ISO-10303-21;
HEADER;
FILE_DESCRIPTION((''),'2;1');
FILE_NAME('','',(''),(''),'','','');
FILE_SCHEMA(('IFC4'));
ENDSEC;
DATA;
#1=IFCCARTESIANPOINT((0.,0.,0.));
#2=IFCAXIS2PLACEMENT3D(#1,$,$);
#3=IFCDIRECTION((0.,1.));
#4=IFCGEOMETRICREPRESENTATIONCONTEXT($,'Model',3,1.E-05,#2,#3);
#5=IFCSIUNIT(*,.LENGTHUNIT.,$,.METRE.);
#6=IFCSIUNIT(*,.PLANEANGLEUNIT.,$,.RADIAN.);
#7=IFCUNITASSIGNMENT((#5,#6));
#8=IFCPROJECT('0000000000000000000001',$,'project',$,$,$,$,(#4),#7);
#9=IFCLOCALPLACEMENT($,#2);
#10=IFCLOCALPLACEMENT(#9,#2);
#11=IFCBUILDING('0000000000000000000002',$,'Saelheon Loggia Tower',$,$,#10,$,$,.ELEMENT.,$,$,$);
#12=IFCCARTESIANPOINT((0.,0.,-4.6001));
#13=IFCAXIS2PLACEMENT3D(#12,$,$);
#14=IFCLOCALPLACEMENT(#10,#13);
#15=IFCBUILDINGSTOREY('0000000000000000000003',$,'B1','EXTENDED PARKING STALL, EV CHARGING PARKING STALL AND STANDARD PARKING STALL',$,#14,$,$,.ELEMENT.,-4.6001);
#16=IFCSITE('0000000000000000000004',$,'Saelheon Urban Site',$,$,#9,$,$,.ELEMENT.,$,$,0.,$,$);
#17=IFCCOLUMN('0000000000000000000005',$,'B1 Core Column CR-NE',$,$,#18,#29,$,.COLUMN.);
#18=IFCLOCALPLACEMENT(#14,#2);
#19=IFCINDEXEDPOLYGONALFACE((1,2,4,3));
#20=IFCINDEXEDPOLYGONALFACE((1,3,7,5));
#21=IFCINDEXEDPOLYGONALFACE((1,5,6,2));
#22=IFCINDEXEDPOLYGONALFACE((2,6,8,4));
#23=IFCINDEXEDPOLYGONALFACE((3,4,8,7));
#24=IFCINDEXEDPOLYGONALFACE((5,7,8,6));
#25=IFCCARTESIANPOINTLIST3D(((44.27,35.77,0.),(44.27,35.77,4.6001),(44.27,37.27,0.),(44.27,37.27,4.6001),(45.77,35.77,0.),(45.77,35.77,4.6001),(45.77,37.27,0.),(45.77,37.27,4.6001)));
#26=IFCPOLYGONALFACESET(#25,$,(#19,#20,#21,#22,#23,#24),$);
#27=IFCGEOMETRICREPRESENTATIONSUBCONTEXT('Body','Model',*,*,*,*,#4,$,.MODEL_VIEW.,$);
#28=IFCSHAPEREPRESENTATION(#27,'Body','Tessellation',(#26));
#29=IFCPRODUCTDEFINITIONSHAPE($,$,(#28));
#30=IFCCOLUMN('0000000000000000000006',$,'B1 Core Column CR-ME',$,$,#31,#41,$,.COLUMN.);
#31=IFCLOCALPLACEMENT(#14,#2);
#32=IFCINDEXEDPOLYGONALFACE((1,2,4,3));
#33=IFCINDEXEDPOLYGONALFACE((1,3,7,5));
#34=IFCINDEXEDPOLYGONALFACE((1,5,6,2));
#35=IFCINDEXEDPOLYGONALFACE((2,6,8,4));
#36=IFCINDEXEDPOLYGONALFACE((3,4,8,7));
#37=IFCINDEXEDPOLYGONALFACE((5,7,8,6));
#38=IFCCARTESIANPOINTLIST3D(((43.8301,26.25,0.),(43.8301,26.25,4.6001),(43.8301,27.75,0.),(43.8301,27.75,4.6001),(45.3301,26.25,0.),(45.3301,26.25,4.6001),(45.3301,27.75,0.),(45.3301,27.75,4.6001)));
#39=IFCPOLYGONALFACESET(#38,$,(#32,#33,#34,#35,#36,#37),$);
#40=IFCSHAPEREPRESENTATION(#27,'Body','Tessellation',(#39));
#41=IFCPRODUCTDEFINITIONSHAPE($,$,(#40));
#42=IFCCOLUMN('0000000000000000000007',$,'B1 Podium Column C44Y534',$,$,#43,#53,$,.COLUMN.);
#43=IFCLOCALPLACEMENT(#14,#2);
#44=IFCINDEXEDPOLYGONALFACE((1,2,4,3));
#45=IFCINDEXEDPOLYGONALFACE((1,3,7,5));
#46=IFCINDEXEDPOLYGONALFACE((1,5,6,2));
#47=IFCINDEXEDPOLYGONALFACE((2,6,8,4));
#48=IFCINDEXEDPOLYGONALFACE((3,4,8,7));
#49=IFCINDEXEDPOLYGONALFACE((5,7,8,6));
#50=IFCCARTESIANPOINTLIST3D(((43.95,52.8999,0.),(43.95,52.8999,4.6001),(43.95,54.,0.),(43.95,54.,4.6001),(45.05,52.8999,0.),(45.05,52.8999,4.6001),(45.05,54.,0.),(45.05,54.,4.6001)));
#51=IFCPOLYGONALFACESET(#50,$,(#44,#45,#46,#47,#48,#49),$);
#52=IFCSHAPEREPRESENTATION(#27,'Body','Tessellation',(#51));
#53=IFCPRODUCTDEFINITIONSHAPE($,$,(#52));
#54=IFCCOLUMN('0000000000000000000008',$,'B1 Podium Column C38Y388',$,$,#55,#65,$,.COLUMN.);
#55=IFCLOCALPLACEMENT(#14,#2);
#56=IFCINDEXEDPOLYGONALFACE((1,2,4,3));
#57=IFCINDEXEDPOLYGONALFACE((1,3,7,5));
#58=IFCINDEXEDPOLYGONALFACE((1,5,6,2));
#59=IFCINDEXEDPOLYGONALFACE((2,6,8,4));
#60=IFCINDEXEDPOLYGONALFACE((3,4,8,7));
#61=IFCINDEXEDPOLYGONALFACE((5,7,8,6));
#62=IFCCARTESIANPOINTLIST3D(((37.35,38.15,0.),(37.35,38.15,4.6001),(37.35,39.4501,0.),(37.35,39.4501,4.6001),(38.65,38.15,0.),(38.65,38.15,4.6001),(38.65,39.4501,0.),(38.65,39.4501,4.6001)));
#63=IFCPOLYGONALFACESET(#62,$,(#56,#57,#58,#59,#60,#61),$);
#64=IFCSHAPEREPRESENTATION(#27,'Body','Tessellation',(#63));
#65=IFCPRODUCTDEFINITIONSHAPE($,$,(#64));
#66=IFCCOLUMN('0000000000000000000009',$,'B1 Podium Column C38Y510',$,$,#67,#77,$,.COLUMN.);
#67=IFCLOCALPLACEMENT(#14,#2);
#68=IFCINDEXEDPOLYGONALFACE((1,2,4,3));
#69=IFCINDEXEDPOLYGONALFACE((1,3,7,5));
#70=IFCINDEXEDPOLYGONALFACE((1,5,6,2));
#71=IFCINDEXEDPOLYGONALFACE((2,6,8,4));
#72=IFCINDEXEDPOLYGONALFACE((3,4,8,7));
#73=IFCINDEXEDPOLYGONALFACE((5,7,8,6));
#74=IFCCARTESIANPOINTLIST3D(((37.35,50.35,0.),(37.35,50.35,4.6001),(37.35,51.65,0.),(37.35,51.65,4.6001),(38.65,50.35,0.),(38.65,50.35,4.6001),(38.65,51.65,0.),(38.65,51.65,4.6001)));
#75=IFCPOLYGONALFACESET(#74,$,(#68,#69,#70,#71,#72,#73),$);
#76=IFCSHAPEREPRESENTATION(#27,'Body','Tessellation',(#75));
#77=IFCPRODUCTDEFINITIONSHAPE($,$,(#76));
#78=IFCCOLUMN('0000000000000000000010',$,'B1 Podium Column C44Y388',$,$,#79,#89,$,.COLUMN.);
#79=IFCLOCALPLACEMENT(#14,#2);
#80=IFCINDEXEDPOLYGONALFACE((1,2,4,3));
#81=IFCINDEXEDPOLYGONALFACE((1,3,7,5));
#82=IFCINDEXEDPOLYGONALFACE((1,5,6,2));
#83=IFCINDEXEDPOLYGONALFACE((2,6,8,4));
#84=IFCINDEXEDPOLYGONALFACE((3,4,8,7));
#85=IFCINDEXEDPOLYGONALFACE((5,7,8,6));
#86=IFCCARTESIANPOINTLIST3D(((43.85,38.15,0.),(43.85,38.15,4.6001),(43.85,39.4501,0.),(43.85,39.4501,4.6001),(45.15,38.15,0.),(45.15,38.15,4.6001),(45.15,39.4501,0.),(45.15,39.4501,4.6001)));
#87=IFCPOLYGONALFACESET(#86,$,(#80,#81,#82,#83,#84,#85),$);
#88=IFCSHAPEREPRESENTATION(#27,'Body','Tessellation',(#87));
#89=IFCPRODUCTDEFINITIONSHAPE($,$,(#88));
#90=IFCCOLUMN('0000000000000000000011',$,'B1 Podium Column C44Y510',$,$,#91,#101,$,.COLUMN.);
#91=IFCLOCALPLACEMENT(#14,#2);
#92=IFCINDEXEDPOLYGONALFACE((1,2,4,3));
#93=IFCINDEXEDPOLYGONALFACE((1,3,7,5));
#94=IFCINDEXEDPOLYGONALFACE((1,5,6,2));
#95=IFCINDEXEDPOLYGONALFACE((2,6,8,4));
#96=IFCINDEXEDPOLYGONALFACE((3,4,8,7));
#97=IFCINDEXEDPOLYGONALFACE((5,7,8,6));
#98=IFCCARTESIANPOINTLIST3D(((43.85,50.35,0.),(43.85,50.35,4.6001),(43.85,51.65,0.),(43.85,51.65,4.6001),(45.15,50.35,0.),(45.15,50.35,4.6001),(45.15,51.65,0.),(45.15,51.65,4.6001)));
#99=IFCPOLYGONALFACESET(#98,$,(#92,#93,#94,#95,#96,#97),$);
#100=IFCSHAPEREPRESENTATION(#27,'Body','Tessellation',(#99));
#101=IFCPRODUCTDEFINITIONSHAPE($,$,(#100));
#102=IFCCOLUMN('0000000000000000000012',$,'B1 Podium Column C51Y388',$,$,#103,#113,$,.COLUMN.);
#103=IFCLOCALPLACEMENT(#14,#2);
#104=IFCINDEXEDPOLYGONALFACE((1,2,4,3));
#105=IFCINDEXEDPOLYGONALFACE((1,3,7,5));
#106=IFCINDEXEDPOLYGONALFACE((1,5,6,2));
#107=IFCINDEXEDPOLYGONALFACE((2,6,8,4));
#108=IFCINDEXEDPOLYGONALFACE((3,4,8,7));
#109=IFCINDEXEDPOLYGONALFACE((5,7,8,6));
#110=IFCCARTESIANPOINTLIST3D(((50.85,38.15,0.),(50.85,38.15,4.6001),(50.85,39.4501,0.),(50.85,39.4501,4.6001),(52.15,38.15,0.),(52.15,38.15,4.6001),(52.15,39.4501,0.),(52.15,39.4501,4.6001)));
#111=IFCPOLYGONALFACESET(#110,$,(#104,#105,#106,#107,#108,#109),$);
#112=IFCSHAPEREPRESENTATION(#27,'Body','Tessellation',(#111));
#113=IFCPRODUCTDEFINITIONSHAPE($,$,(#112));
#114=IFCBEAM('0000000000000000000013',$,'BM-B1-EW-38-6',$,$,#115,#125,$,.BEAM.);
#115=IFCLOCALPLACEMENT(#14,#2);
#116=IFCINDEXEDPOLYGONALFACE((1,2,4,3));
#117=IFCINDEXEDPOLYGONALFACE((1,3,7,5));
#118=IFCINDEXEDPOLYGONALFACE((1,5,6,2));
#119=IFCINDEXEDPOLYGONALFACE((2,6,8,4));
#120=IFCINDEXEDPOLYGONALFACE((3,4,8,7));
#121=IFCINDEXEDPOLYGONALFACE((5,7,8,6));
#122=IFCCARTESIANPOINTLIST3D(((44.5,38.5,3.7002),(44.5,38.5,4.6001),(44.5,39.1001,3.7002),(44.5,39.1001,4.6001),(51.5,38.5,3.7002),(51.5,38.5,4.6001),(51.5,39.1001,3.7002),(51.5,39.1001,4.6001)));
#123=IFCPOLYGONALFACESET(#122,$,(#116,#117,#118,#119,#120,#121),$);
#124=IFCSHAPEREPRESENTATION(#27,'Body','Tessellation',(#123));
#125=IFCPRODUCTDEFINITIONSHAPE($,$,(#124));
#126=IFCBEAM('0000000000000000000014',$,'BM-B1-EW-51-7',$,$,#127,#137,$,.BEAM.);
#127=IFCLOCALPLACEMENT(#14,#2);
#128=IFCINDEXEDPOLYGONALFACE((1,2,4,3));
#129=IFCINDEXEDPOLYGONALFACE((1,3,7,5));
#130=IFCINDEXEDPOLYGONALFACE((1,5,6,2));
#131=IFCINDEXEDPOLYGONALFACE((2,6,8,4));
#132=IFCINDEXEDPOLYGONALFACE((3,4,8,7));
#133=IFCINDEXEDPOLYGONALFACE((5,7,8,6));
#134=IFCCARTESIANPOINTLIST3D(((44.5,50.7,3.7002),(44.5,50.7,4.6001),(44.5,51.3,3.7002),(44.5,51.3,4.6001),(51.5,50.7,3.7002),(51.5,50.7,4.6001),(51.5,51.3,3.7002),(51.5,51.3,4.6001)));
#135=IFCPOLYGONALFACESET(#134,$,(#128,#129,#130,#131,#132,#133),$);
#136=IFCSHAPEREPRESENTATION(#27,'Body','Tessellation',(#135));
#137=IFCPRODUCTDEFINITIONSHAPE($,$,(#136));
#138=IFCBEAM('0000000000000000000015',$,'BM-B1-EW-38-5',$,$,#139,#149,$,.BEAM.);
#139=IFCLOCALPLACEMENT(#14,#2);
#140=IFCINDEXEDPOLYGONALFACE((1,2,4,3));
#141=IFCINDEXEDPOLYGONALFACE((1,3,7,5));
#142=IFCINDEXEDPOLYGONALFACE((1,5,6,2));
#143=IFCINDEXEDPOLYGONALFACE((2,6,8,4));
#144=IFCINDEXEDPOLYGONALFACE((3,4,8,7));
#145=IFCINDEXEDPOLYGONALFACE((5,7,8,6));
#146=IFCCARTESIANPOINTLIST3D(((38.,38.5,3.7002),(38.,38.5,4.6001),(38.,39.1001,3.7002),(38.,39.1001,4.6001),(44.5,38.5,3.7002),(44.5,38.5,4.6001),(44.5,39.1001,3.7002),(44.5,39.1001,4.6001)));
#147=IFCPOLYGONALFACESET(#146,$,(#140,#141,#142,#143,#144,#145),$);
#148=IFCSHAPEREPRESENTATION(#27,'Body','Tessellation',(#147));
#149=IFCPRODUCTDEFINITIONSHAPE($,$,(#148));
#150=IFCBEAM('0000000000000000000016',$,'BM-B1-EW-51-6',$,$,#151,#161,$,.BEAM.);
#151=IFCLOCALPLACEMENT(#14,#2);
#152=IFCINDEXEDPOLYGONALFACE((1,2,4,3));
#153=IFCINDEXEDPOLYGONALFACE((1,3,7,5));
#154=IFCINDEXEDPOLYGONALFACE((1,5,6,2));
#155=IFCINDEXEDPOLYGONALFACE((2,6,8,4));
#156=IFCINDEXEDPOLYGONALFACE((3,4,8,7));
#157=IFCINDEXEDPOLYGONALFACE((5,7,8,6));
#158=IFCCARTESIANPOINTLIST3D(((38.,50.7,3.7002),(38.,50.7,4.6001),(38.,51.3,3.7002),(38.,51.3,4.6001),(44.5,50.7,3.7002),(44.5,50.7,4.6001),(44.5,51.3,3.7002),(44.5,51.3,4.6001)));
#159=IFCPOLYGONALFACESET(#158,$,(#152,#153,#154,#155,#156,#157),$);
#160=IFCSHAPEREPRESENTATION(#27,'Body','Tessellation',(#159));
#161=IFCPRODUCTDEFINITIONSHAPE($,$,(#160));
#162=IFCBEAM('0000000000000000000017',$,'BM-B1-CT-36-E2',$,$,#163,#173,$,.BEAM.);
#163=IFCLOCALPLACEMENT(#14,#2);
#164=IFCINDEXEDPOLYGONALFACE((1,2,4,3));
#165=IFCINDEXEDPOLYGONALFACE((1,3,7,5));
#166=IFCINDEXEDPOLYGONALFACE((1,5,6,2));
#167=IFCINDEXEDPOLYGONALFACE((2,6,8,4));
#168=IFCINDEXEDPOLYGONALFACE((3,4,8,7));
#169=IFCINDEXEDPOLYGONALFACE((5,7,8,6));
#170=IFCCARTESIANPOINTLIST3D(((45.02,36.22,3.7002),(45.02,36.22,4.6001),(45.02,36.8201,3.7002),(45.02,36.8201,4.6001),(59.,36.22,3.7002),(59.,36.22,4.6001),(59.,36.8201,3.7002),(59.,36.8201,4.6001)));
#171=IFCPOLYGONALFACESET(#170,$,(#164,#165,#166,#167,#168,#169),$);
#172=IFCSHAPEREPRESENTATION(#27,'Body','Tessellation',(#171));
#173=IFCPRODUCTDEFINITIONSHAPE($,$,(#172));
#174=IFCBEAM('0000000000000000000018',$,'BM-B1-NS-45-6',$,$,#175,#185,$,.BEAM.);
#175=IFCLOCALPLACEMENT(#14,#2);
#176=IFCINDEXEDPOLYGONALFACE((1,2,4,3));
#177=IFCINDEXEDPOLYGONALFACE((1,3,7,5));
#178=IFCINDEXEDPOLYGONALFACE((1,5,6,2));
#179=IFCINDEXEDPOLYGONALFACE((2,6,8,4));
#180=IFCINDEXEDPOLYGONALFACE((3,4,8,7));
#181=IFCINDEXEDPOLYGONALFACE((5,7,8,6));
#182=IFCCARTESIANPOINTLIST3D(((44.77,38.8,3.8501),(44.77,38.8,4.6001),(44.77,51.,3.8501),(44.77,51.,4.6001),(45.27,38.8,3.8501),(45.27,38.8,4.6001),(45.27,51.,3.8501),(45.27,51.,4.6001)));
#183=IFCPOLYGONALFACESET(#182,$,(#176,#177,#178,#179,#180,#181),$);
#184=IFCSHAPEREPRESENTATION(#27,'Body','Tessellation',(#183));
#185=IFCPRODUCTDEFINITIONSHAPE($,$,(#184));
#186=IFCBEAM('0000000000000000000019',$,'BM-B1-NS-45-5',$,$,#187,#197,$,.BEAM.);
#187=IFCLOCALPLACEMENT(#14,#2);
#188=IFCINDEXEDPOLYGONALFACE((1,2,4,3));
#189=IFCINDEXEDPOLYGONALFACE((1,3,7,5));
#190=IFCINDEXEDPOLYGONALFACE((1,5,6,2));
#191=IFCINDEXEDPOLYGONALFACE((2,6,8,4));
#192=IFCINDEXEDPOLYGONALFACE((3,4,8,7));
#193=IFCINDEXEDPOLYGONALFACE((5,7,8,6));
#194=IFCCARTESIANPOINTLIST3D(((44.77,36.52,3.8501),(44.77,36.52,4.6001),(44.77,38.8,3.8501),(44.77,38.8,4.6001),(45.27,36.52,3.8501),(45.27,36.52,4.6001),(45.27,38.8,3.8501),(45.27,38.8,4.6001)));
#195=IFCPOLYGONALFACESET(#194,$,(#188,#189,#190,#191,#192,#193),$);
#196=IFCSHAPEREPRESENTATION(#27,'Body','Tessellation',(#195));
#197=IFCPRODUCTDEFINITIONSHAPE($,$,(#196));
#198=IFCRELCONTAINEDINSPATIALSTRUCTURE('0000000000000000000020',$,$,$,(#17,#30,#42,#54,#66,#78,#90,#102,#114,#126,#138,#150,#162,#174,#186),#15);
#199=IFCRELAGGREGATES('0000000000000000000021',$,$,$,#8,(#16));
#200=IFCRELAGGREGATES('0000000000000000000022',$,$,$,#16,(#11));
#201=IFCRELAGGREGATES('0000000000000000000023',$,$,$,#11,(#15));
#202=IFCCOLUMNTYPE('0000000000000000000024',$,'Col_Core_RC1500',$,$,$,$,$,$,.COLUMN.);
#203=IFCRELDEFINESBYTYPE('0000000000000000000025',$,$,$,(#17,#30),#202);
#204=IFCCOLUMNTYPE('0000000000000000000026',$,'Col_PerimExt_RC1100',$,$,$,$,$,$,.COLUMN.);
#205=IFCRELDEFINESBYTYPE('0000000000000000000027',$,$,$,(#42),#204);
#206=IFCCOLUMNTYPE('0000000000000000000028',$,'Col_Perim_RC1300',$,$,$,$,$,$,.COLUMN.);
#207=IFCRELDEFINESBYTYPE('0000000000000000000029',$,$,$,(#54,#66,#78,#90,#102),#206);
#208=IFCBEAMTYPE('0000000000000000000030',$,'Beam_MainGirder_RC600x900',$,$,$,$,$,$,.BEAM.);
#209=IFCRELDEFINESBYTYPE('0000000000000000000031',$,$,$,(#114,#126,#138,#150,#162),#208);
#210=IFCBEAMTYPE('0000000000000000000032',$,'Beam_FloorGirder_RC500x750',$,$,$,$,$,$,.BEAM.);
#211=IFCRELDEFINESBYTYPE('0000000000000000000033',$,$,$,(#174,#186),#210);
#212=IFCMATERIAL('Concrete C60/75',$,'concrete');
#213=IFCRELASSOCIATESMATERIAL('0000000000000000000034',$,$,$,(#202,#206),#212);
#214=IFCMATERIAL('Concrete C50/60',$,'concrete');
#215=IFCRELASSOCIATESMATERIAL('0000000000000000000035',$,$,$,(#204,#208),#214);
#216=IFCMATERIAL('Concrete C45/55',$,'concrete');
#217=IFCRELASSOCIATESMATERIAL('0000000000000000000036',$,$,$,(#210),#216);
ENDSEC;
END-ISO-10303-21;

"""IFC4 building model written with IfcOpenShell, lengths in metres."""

from ifc_helpers import new_model, si_unit, direction, frame, origin, origin_2d, place, context, subcontext, project, spatial, rectangle, extrude, source, transform, mapped, material, material_profile, profile_set, type_object, element, save


model = new_model("IFC4")

# Units and contexts
model_context = context("Model", 3, precision=1e-05, world=origin(), true_north=direction((0.0, 1.0)))
body_context = subcontext(model_context, "Body", "Model", "MODEL_VIEW")
ifc_project = project(units=[si_unit("LENGTHUNIT", "METRE"), si_unit("PLANEANGLEUNIT", "RADIAN")], contexts=[model_context])

# Site, building, storey
site_placement = place(None, origin())
site = spatial("IfcSite", under=ifc_project, at=site_placement, Name="Saelheon Urban Site", CompositionType="ELEMENT", RefElevation=0.0)
building_placement = place(site_placement, origin())
building = spatial("IfcBuilding", under=site, at=building_placement, Name="Saelheon Loggia Tower", CompositionType="ELEMENT")
storey_placement = place(building_placement, frame((0.0, 0.0, -4.6001)))
storey = spatial("IfcBuildingStorey", under=building, at=storey_placement, Name="B1", Description="EXTENDED PARKING STALL, EV CHARGING PARKING STALL AND STANDARD PARKING STALL", CompositionType="ELEMENT", Elevation=-4.6001)

# Columns
ifc_material_1 = material(Name="Concrete C60/75", Category="concrete")
ifc_material_profile_1 = material_profile(ifc_material_1, rectangle(XDim=1.5, YDim=1.5, at=origin_2d()), Name="RC-1500x1500")
ifc_profile_set_1 = profile_set([ifc_material_profile_1], Name="Concrete C60/75")
column_type_1 = type_object("IfcColumnType", Name="Col_Core_RC1500", PredefinedType="COLUMN", material=ifc_profile_set_1)
shared_shape_1 = source(origin(), body_context, "Body", "SweptSolid", [
    extrude(rectangle(XDim=1.5, YDim=1.5, at=origin_2d()), origin(), (0.0, 0.0, 1.0), 4.6001),
])
for number, where, z_axis, x_axis, name in (
    (1, (45.02, 36.52, 0.0), (0.0, 0.0, 1.0), (1.0, 0.0, 0.0), "B1 Core Column CR-NE"),
    (2, (44.5801, 27.0, 0.0), (0.0, 0.0, 1.0), (1.0, 0.0, 0.0), "B1 Core Column CR-ME"),
):
    element("IfcColumn", number, at=place(storey_placement, frame(where, z_axis=z_axis, x_axis=x_axis)), inside=storey, type_object=column_type_1, Name=name, PredefinedType="COLUMN", context=body_context, shape_type="MappedRepresentation", body=[
        mapped(shared_shape_1, transform((0.0, 0.0, 0.0), scale=1.0)),
    ])
ifc_material_2 = material(Name="Concrete C50/60", Category="concrete")
ifc_material_profile_2 = material_profile(ifc_material_2, rectangle(XDim=1.1001, YDim=1.1001, at=origin_2d()), Name="RC-1100x1100")
ifc_profile_set_2 = profile_set([ifc_material_profile_2], Name="Concrete C50/60")
column_type_2 = type_object("IfcColumnType", Name="Col_PerimExt_RC1100", PredefinedType="COLUMN", material=ifc_profile_set_2)
shared_shape_2 = source(origin(), body_context, "Body", "SweptSolid", [
    extrude(rectangle(XDim=1.1001, YDim=1.1001, at=origin_2d()), origin(), (0.0, 0.0, 1.0), 4.6001),
])
column_placement = place(storey_placement, frame((44.5, 53.45, 0.0), z_axis=(0.0, 0.0, 1.0), x_axis=(1.0, 0.0, 0.0)))
element("IfcColumn", 3, at=column_placement, inside=storey, type_object=column_type_2, Name="B1 Podium Column C44Y534", PredefinedType="COLUMN", context=body_context, shape_type="MappedRepresentation", body=[
    mapped(shared_shape_2, transform((0.0, 0.0, 0.0), scale=1.0)),
])
ifc_material_profile_3 = material_profile(ifc_material_1, rectangle(XDim=1.3, YDim=1.3, at=origin_2d()), Name="RC-1300x1300")
ifc_profile_set_3 = profile_set([ifc_material_profile_3], Name="Concrete C60/75")
column_type_3 = type_object("IfcColumnType", Name="Col_Perim_RC1300", PredefinedType="COLUMN", material=ifc_profile_set_3)
shared_shape_3 = source(origin(), body_context, "Body", "SweptSolid", [
    extrude(rectangle(XDim=1.3, YDim=1.3, at=origin_2d()), origin(), (0.0, 0.0, 1.0), 4.6001),
])
for number, where, z_axis, x_axis, name in (
    (4, (38.0, 38.8, 0.0), (0.0, 0.0, 1.0), (1.0, 0.0, 0.0), "B1 Podium Column C38Y388"),
    (5, (38.0, 51.0, 0.0), (0.0, 0.0, 1.0), (1.0, 0.0, 0.0), "B1 Podium Column C38Y510"),
    (6, (44.5, 38.8, 0.0), (0.0, 0.0, 1.0), (1.0, 0.0, 0.0), "B1 Podium Column C44Y388"),
    (7, (44.5, 51.0, 0.0), (0.0, 0.0, 1.0), (1.0, 0.0, 0.0), "B1 Podium Column C44Y510"),
    (8, (51.5, 38.8, 0.0), (0.0, 0.0, 1.0), (1.0, 0.0, 0.0), "B1 Podium Column C51Y388"),
):
    element("IfcColumn", number, at=place(storey_placement, frame(where, z_axis=z_axis, x_axis=x_axis)), inside=storey, type_object=column_type_3, Name=name, PredefinedType="COLUMN", context=body_context, shape_type="MappedRepresentation", body=[
        mapped(shared_shape_3, transform((0.0, 0.0, 0.0), scale=1.0)),
    ])

# Beams
ifc_material_profile_4 = material_profile(ifc_material_2, rectangle(XDim=0.6001, YDim=0.8999, at=origin_2d()), Name="RC-600x900")
ifc_profile_set_4 = profile_set([ifc_material_profile_4], Name="Concrete C50/60")
beam_type_1 = type_object("IfcBeamType", Name="Beam_MainGirder_RC600x900", PredefinedType="BEAM", material=ifc_profile_set_4)
shared_shape_4 = source(origin(), body_context, "Body", "SweptSolid", [
    extrude(rectangle(XDim=0.6001, YDim=0.8999, at=origin_2d()), origin(), (0.0, 0.0, 1.0), 7.0),
])
for number, where, z_axis, x_axis, name in (
    (9, (44.5, 38.8, 4.1501), (1.0, 0.0, 0.0), (0.0, 1.0, 0.0), "BM-B1-EW-38-6"),
    (10, (44.5, 51.0, 4.1501), (1.0, 0.0, 0.0), (0.0, 1.0, 0.0), "BM-B1-EW-51-7"),
):
    element("IfcBeam", number, at=place(storey_placement, frame(where, z_axis=z_axis, x_axis=x_axis)), inside=storey, type_object=beam_type_1, Name=name, PredefinedType="BEAM", context=body_context, shape_type="MappedRepresentation", body=[
        mapped(shared_shape_4, transform((0.0, 0.0, 0.0), scale=1.0)),
    ])
shared_shape_5 = source(origin(), body_context, "Body", "SweptSolid", [
    extrude(rectangle(XDim=0.6001, YDim=0.8999, at=origin_2d()), origin(), (0.0, 0.0, 1.0), 6.5),
])
for number, where, z_axis, x_axis, name in (
    (11, (38.0, 38.8, 4.1501), (1.0, 0.0, 0.0), (0.0, 1.0, 0.0), "BM-B1-EW-38-5"),
    (12, (38.0, 51.0, 4.1501), (1.0, 0.0, 0.0), (0.0, 1.0, 0.0), "BM-B1-EW-51-6"),
):
    element("IfcBeam", number, at=place(storey_placement, frame(where, z_axis=z_axis, x_axis=x_axis)), inside=storey, type_object=beam_type_1, Name=name, PredefinedType="BEAM", context=body_context, shape_type="MappedRepresentation", body=[
        mapped(shared_shape_5, transform((0.0, 0.0, 0.0), scale=1.0)),
    ])
shared_shape_6 = source(origin(), body_context, "Body", "SweptSolid", [
    extrude(rectangle(XDim=0.6001, YDim=0.8999, at=origin_2d()), origin(), (0.0, 0.0, 1.0), 13.98),
])
beam_1_placement = place(storey_placement, frame((45.02, 36.52, 4.1501), z_axis=(1.0, 0.0, 0.0), x_axis=(0.0, 1.0, 0.0)))
element("IfcBeam", 13, at=beam_1_placement, inside=storey, type_object=beam_type_1, Name="BM-B1-CT-36-E2", PredefinedType="BEAM", context=body_context, shape_type="MappedRepresentation", body=[
    mapped(shared_shape_6, transform((0.0, 0.0, 0.0), scale=1.0)),
])
ifc_material_3 = material(Name="Concrete C45/55", Category="concrete")
ifc_material_profile_5 = material_profile(ifc_material_3, rectangle(XDim=0.5, YDim=0.75, at=origin_2d()), Name="RC-500x750")
ifc_profile_set_5 = profile_set([ifc_material_profile_5], Name="Concrete C45/55")
beam_type_2 = type_object("IfcBeamType", Name="Beam_FloorGirder_RC500x750", PredefinedType="BEAM", material=ifc_profile_set_5)
shared_shape_7 = source(origin(), body_context, "Body", "SweptSolid", [
    extrude(rectangle(XDim=0.5, YDim=0.75, at=origin_2d()), origin(), (0.0, 0.0, 1.0), 12.2),
])
beam_2_placement = place(storey_placement, frame((45.02, 38.8, 4.2251), z_axis=(0.0, 1.0, 0.0), x_axis=(-1.0, 0.0, 0.0)))
element("IfcBeam", 14, at=beam_2_placement, inside=storey, type_object=beam_type_2, Name="BM-B1-NS-45-6", PredefinedType="BEAM", context=body_context, shape_type="MappedRepresentation", body=[
    mapped(shared_shape_7, transform((0.0, 0.0, 0.0), scale=1.0)),
])
shared_shape_8 = source(origin(), body_context, "Body", "SweptSolid", [
    extrude(rectangle(XDim=0.5, YDim=0.75, at=origin_2d()), origin(), (0.0, 0.0, 1.0), 2.28),
])
beam_3_placement = place(storey_placement, frame((45.02, 36.52, 4.2251), z_axis=(0.0, 1.0, 0.0), x_axis=(-1.0, 0.0, 0.0)))
element("IfcBeam", 15, at=beam_3_placement, inside=storey, type_object=beam_type_2, Name="BM-B1-NS-45-5", PredefinedType="BEAM", context=body_context, shape_type="MappedRepresentation", body=[
    mapped(shared_shape_8, transform((0.0, 0.0, 0.0), scale=1.0)),
])

save(model, "model.ifc")
